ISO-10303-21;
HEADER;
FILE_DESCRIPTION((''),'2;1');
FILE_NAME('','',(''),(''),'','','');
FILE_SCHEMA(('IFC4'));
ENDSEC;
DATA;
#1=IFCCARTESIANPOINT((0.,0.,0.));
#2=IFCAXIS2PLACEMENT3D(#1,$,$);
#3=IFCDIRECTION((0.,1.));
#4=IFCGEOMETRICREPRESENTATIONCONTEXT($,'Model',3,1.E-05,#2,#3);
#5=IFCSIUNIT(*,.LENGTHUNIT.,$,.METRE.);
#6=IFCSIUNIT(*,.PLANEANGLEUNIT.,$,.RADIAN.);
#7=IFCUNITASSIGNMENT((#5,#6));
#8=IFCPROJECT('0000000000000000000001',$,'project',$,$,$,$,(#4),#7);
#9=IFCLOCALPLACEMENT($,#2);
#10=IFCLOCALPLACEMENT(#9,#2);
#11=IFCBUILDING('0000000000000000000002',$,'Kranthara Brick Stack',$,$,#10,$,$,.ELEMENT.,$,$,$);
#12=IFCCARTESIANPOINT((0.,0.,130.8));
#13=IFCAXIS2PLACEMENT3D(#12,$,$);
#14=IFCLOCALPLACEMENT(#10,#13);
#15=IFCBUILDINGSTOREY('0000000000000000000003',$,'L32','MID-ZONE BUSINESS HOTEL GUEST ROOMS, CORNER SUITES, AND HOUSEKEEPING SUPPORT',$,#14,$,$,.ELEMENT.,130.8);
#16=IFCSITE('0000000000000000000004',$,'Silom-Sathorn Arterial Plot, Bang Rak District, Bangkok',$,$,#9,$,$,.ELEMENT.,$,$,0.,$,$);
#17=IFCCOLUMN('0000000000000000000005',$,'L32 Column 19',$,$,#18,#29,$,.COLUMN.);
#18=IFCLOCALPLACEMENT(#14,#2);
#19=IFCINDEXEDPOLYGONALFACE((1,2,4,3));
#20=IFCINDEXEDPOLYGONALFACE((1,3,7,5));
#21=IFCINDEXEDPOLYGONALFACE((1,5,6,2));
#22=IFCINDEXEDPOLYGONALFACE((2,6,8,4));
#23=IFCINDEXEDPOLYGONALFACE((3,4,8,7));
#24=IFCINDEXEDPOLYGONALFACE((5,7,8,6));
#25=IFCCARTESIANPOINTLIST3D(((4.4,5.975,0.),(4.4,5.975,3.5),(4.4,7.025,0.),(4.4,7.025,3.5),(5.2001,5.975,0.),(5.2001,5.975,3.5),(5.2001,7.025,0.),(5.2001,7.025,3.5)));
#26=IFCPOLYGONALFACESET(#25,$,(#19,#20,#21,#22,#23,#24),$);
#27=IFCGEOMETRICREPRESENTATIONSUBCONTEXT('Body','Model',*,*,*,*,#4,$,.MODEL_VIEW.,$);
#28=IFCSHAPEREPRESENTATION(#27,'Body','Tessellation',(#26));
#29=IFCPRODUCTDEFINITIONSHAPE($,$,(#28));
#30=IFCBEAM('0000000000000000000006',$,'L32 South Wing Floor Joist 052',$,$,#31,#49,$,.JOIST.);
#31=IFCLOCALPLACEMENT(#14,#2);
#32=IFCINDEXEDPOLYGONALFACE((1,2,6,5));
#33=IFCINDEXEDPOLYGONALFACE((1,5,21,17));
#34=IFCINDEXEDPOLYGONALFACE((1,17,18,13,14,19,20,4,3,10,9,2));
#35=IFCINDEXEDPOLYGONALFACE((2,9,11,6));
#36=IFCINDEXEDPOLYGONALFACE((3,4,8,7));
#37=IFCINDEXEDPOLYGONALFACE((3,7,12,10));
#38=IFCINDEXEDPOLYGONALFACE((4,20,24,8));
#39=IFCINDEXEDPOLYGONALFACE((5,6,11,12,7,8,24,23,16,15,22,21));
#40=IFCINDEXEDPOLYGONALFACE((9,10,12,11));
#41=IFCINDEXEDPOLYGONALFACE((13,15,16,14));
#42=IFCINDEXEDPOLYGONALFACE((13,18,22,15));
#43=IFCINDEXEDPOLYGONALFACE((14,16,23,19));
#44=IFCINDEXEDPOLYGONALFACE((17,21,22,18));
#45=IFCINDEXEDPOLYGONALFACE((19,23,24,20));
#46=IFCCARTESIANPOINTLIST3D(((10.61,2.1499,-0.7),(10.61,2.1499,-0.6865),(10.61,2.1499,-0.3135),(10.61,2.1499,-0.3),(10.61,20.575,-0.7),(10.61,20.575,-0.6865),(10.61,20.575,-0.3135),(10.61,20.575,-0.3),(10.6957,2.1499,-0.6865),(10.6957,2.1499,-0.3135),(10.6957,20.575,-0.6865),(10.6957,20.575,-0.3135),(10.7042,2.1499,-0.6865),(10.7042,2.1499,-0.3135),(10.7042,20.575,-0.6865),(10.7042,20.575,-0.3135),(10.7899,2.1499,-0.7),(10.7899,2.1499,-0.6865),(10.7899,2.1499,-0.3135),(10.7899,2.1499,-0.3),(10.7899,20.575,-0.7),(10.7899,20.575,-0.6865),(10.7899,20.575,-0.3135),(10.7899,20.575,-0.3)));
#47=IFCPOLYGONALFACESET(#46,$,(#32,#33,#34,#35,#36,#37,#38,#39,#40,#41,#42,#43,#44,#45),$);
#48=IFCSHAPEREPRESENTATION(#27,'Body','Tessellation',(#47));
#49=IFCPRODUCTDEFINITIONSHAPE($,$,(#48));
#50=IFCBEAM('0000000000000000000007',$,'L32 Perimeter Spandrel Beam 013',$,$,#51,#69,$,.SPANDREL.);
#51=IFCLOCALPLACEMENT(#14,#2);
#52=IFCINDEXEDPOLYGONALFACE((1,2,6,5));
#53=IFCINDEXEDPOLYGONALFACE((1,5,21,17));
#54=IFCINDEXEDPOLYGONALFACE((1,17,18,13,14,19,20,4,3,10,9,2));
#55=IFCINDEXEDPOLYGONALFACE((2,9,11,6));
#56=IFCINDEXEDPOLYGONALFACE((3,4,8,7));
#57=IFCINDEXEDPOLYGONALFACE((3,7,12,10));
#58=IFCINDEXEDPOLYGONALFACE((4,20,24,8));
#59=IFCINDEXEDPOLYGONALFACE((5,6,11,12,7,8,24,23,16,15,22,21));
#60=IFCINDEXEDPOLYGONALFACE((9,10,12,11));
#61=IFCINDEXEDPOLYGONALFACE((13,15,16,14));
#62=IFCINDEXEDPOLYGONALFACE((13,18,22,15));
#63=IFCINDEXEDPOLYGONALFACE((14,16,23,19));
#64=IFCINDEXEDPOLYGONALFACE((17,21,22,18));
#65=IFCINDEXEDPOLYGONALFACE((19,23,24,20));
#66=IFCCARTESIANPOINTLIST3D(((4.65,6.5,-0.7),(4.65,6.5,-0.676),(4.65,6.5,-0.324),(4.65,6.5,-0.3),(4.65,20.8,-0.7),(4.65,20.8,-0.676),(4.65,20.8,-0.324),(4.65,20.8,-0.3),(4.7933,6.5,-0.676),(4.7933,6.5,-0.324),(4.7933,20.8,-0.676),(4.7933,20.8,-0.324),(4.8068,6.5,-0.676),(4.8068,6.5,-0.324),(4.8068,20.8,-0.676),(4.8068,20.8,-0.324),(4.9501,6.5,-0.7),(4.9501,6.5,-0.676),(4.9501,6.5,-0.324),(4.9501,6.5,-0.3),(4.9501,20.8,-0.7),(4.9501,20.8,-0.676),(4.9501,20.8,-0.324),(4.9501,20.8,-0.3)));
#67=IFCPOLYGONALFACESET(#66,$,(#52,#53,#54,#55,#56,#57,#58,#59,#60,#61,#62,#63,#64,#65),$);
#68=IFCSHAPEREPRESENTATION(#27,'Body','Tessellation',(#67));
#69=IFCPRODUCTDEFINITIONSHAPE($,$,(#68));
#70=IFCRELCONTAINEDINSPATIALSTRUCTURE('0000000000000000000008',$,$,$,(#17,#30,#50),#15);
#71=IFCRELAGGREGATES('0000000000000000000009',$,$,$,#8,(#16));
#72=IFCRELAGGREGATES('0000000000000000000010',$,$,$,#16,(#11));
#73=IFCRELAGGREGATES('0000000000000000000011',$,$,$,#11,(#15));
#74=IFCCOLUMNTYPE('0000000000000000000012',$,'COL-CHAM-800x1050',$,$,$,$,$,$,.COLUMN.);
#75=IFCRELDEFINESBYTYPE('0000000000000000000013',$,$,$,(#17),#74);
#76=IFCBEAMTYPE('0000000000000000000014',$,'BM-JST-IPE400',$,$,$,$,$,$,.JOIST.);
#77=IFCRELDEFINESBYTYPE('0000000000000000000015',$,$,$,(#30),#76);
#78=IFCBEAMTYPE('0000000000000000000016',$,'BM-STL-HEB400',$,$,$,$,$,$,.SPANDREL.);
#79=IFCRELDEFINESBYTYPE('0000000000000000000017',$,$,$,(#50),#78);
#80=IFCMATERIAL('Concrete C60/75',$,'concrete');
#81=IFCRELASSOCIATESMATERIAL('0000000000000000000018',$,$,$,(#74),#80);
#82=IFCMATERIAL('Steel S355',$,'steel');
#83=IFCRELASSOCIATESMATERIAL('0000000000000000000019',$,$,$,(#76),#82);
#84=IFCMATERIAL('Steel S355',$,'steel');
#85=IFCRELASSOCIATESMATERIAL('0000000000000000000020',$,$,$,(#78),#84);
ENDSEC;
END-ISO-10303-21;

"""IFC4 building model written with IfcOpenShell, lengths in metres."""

from ifc_helpers import new_model, si_unit, direction, frame, origin, origin_2d, place, context, subcontext, project, spatial, rectangle, i_section, extrude, material, material_profile, profile_set, type_object, element, save


model = new_model("IFC4")

# Units and contexts
model_context = context("Model", 3, precision=1e-05, world=origin(), true_north=direction((0.0, 1.0)))
body_context = subcontext(model_context, "Body", "Model", "MODEL_VIEW")
ifc_project = project(units=[si_unit("LENGTHUNIT", "METRE"), si_unit("PLANEANGLEUNIT", "RADIAN")], contexts=[model_context])

# Site, building, storey
site_placement = place(None, origin())
site = spatial("IfcSite", under=ifc_project, at=site_placement, Name="Silom-Sathorn Arterial Plot, Bang Rak District, Bangkok", CompositionType="ELEMENT", RefElevation=0.0)
building_placement = place(site_placement, origin())
building = spatial("IfcBuilding", under=site, at=building_placement, Name="Kranthara Brick Stack", CompositionType="ELEMENT")
storey_placement = place(building_placement, frame((0.0, 0.0, 130.8)))
storey = spatial("IfcBuildingStorey", under=building, at=storey_placement, Name="L32", Description="MID-ZONE BUSINESS HOTEL GUEST ROOMS, CORNER SUITES, AND HOUSEKEEPING SUPPORT", CompositionType="ELEMENT", Elevation=130.8)

# Column
ifc_material_1 = material(Name="Concrete C60/75", Category="concrete")
ifc_material_profile_1 = material_profile(ifc_material_1, rectangle(XDim=0.8, YDim=1.05, at=origin_2d()), Name="RC 800x1050")
ifc_profile_set_1 = profile_set([ifc_material_profile_1], Name="Concrete C60/75")
column_type = type_object("IfcColumnType", Name="COL-CHAM-800x1050", PredefinedType="COLUMN", material=ifc_profile_set_1)
column_placement = place(storey_placement, frame((4.8, 6.5, 0.0), z_axis=(0.0, 0.0, 1.0), x_axis=(1.0, 0.0, 0.0)))
element("IfcColumn", 1, at=column_placement, inside=storey, type_object=column_type, Name="L32 Column 19", PredefinedType="COLUMN", context=body_context, shape_type="SweptSolid", body=[
    extrude(rectangle(XDim=0.8, YDim=1.05, at=origin_2d()), origin(), (0.0, 0.0, 1.0), 3.5),
])

# Beams
ifc_material_2 = material(Name="Steel S355", Category="steel")
ifc_material_profile_2 = material_profile(ifc_material_2, i_section(OverallWidth=0.1799, OverallDepth=0.3999, WebThickness=0.0085, FlangeThickness=0.0134, at=origin_2d()), Name="IPE 400")
ifc_profile_set_2 = profile_set([ifc_material_profile_2], Name="Steel S355")
beam_type_1 = type_object("IfcBeamType", Name="BM-JST-IPE400", PredefinedType="JOIST", material=ifc_profile_set_2)
beam_1_placement = place(storey_placement, frame((10.7, 2.1499, -0.5), z_axis=(0.0, 1.0, 0.0), x_axis=(-1.0, 0.0, 0.0)))
element("IfcBeam", 2, at=beam_1_placement, inside=storey, type_object=beam_type_1, Name="L32 South Wing Floor Joist 052", PredefinedType="JOIST", context=body_context, shape_type="SweptSolid", body=[
    extrude(i_section(OverallWidth=0.1799, OverallDepth=0.3999, WebThickness=0.0085, FlangeThickness=0.0134, at=origin_2d()), origin(), (0.0, 0.0, 1.0), 18.425),
])
ifc_material_3 = material(Name="Steel S355", Category="steel")
ifc_material_profile_3 = material_profile(ifc_material_3, i_section(OverallWidth=0.3, OverallDepth=0.3999, WebThickness=0.0134, FlangeThickness=0.0239, at=origin_2d()), Name="HEB 400")
ifc_profile_set_3 = profile_set([ifc_material_profile_3], Name="Steel S355")
beam_type_2 = type_object("IfcBeamType", Name="BM-STL-HEB400", PredefinedType="SPANDREL", material=ifc_profile_set_3)
beam_2_placement = place(storey_placement, frame((4.8, 6.5, -0.5), z_axis=(0.0, 1.0, 0.0), x_axis=(-1.0, 0.0, 0.0)))
element("IfcBeam", 3, at=beam_2_placement, inside=storey, type_object=beam_type_2, Name="L32 Perimeter Spandrel Beam 013", PredefinedType="SPANDREL", context=body_context, shape_type="SweptSolid", body=[
    extrude(i_section(OverallWidth=0.3, OverallDepth=0.3999, WebThickness=0.0134, FlangeThickness=0.0239, at=origin_2d()), origin(), (0.0, 0.0, 1.0), 14.3),
])

save(model, "model.ifc")
